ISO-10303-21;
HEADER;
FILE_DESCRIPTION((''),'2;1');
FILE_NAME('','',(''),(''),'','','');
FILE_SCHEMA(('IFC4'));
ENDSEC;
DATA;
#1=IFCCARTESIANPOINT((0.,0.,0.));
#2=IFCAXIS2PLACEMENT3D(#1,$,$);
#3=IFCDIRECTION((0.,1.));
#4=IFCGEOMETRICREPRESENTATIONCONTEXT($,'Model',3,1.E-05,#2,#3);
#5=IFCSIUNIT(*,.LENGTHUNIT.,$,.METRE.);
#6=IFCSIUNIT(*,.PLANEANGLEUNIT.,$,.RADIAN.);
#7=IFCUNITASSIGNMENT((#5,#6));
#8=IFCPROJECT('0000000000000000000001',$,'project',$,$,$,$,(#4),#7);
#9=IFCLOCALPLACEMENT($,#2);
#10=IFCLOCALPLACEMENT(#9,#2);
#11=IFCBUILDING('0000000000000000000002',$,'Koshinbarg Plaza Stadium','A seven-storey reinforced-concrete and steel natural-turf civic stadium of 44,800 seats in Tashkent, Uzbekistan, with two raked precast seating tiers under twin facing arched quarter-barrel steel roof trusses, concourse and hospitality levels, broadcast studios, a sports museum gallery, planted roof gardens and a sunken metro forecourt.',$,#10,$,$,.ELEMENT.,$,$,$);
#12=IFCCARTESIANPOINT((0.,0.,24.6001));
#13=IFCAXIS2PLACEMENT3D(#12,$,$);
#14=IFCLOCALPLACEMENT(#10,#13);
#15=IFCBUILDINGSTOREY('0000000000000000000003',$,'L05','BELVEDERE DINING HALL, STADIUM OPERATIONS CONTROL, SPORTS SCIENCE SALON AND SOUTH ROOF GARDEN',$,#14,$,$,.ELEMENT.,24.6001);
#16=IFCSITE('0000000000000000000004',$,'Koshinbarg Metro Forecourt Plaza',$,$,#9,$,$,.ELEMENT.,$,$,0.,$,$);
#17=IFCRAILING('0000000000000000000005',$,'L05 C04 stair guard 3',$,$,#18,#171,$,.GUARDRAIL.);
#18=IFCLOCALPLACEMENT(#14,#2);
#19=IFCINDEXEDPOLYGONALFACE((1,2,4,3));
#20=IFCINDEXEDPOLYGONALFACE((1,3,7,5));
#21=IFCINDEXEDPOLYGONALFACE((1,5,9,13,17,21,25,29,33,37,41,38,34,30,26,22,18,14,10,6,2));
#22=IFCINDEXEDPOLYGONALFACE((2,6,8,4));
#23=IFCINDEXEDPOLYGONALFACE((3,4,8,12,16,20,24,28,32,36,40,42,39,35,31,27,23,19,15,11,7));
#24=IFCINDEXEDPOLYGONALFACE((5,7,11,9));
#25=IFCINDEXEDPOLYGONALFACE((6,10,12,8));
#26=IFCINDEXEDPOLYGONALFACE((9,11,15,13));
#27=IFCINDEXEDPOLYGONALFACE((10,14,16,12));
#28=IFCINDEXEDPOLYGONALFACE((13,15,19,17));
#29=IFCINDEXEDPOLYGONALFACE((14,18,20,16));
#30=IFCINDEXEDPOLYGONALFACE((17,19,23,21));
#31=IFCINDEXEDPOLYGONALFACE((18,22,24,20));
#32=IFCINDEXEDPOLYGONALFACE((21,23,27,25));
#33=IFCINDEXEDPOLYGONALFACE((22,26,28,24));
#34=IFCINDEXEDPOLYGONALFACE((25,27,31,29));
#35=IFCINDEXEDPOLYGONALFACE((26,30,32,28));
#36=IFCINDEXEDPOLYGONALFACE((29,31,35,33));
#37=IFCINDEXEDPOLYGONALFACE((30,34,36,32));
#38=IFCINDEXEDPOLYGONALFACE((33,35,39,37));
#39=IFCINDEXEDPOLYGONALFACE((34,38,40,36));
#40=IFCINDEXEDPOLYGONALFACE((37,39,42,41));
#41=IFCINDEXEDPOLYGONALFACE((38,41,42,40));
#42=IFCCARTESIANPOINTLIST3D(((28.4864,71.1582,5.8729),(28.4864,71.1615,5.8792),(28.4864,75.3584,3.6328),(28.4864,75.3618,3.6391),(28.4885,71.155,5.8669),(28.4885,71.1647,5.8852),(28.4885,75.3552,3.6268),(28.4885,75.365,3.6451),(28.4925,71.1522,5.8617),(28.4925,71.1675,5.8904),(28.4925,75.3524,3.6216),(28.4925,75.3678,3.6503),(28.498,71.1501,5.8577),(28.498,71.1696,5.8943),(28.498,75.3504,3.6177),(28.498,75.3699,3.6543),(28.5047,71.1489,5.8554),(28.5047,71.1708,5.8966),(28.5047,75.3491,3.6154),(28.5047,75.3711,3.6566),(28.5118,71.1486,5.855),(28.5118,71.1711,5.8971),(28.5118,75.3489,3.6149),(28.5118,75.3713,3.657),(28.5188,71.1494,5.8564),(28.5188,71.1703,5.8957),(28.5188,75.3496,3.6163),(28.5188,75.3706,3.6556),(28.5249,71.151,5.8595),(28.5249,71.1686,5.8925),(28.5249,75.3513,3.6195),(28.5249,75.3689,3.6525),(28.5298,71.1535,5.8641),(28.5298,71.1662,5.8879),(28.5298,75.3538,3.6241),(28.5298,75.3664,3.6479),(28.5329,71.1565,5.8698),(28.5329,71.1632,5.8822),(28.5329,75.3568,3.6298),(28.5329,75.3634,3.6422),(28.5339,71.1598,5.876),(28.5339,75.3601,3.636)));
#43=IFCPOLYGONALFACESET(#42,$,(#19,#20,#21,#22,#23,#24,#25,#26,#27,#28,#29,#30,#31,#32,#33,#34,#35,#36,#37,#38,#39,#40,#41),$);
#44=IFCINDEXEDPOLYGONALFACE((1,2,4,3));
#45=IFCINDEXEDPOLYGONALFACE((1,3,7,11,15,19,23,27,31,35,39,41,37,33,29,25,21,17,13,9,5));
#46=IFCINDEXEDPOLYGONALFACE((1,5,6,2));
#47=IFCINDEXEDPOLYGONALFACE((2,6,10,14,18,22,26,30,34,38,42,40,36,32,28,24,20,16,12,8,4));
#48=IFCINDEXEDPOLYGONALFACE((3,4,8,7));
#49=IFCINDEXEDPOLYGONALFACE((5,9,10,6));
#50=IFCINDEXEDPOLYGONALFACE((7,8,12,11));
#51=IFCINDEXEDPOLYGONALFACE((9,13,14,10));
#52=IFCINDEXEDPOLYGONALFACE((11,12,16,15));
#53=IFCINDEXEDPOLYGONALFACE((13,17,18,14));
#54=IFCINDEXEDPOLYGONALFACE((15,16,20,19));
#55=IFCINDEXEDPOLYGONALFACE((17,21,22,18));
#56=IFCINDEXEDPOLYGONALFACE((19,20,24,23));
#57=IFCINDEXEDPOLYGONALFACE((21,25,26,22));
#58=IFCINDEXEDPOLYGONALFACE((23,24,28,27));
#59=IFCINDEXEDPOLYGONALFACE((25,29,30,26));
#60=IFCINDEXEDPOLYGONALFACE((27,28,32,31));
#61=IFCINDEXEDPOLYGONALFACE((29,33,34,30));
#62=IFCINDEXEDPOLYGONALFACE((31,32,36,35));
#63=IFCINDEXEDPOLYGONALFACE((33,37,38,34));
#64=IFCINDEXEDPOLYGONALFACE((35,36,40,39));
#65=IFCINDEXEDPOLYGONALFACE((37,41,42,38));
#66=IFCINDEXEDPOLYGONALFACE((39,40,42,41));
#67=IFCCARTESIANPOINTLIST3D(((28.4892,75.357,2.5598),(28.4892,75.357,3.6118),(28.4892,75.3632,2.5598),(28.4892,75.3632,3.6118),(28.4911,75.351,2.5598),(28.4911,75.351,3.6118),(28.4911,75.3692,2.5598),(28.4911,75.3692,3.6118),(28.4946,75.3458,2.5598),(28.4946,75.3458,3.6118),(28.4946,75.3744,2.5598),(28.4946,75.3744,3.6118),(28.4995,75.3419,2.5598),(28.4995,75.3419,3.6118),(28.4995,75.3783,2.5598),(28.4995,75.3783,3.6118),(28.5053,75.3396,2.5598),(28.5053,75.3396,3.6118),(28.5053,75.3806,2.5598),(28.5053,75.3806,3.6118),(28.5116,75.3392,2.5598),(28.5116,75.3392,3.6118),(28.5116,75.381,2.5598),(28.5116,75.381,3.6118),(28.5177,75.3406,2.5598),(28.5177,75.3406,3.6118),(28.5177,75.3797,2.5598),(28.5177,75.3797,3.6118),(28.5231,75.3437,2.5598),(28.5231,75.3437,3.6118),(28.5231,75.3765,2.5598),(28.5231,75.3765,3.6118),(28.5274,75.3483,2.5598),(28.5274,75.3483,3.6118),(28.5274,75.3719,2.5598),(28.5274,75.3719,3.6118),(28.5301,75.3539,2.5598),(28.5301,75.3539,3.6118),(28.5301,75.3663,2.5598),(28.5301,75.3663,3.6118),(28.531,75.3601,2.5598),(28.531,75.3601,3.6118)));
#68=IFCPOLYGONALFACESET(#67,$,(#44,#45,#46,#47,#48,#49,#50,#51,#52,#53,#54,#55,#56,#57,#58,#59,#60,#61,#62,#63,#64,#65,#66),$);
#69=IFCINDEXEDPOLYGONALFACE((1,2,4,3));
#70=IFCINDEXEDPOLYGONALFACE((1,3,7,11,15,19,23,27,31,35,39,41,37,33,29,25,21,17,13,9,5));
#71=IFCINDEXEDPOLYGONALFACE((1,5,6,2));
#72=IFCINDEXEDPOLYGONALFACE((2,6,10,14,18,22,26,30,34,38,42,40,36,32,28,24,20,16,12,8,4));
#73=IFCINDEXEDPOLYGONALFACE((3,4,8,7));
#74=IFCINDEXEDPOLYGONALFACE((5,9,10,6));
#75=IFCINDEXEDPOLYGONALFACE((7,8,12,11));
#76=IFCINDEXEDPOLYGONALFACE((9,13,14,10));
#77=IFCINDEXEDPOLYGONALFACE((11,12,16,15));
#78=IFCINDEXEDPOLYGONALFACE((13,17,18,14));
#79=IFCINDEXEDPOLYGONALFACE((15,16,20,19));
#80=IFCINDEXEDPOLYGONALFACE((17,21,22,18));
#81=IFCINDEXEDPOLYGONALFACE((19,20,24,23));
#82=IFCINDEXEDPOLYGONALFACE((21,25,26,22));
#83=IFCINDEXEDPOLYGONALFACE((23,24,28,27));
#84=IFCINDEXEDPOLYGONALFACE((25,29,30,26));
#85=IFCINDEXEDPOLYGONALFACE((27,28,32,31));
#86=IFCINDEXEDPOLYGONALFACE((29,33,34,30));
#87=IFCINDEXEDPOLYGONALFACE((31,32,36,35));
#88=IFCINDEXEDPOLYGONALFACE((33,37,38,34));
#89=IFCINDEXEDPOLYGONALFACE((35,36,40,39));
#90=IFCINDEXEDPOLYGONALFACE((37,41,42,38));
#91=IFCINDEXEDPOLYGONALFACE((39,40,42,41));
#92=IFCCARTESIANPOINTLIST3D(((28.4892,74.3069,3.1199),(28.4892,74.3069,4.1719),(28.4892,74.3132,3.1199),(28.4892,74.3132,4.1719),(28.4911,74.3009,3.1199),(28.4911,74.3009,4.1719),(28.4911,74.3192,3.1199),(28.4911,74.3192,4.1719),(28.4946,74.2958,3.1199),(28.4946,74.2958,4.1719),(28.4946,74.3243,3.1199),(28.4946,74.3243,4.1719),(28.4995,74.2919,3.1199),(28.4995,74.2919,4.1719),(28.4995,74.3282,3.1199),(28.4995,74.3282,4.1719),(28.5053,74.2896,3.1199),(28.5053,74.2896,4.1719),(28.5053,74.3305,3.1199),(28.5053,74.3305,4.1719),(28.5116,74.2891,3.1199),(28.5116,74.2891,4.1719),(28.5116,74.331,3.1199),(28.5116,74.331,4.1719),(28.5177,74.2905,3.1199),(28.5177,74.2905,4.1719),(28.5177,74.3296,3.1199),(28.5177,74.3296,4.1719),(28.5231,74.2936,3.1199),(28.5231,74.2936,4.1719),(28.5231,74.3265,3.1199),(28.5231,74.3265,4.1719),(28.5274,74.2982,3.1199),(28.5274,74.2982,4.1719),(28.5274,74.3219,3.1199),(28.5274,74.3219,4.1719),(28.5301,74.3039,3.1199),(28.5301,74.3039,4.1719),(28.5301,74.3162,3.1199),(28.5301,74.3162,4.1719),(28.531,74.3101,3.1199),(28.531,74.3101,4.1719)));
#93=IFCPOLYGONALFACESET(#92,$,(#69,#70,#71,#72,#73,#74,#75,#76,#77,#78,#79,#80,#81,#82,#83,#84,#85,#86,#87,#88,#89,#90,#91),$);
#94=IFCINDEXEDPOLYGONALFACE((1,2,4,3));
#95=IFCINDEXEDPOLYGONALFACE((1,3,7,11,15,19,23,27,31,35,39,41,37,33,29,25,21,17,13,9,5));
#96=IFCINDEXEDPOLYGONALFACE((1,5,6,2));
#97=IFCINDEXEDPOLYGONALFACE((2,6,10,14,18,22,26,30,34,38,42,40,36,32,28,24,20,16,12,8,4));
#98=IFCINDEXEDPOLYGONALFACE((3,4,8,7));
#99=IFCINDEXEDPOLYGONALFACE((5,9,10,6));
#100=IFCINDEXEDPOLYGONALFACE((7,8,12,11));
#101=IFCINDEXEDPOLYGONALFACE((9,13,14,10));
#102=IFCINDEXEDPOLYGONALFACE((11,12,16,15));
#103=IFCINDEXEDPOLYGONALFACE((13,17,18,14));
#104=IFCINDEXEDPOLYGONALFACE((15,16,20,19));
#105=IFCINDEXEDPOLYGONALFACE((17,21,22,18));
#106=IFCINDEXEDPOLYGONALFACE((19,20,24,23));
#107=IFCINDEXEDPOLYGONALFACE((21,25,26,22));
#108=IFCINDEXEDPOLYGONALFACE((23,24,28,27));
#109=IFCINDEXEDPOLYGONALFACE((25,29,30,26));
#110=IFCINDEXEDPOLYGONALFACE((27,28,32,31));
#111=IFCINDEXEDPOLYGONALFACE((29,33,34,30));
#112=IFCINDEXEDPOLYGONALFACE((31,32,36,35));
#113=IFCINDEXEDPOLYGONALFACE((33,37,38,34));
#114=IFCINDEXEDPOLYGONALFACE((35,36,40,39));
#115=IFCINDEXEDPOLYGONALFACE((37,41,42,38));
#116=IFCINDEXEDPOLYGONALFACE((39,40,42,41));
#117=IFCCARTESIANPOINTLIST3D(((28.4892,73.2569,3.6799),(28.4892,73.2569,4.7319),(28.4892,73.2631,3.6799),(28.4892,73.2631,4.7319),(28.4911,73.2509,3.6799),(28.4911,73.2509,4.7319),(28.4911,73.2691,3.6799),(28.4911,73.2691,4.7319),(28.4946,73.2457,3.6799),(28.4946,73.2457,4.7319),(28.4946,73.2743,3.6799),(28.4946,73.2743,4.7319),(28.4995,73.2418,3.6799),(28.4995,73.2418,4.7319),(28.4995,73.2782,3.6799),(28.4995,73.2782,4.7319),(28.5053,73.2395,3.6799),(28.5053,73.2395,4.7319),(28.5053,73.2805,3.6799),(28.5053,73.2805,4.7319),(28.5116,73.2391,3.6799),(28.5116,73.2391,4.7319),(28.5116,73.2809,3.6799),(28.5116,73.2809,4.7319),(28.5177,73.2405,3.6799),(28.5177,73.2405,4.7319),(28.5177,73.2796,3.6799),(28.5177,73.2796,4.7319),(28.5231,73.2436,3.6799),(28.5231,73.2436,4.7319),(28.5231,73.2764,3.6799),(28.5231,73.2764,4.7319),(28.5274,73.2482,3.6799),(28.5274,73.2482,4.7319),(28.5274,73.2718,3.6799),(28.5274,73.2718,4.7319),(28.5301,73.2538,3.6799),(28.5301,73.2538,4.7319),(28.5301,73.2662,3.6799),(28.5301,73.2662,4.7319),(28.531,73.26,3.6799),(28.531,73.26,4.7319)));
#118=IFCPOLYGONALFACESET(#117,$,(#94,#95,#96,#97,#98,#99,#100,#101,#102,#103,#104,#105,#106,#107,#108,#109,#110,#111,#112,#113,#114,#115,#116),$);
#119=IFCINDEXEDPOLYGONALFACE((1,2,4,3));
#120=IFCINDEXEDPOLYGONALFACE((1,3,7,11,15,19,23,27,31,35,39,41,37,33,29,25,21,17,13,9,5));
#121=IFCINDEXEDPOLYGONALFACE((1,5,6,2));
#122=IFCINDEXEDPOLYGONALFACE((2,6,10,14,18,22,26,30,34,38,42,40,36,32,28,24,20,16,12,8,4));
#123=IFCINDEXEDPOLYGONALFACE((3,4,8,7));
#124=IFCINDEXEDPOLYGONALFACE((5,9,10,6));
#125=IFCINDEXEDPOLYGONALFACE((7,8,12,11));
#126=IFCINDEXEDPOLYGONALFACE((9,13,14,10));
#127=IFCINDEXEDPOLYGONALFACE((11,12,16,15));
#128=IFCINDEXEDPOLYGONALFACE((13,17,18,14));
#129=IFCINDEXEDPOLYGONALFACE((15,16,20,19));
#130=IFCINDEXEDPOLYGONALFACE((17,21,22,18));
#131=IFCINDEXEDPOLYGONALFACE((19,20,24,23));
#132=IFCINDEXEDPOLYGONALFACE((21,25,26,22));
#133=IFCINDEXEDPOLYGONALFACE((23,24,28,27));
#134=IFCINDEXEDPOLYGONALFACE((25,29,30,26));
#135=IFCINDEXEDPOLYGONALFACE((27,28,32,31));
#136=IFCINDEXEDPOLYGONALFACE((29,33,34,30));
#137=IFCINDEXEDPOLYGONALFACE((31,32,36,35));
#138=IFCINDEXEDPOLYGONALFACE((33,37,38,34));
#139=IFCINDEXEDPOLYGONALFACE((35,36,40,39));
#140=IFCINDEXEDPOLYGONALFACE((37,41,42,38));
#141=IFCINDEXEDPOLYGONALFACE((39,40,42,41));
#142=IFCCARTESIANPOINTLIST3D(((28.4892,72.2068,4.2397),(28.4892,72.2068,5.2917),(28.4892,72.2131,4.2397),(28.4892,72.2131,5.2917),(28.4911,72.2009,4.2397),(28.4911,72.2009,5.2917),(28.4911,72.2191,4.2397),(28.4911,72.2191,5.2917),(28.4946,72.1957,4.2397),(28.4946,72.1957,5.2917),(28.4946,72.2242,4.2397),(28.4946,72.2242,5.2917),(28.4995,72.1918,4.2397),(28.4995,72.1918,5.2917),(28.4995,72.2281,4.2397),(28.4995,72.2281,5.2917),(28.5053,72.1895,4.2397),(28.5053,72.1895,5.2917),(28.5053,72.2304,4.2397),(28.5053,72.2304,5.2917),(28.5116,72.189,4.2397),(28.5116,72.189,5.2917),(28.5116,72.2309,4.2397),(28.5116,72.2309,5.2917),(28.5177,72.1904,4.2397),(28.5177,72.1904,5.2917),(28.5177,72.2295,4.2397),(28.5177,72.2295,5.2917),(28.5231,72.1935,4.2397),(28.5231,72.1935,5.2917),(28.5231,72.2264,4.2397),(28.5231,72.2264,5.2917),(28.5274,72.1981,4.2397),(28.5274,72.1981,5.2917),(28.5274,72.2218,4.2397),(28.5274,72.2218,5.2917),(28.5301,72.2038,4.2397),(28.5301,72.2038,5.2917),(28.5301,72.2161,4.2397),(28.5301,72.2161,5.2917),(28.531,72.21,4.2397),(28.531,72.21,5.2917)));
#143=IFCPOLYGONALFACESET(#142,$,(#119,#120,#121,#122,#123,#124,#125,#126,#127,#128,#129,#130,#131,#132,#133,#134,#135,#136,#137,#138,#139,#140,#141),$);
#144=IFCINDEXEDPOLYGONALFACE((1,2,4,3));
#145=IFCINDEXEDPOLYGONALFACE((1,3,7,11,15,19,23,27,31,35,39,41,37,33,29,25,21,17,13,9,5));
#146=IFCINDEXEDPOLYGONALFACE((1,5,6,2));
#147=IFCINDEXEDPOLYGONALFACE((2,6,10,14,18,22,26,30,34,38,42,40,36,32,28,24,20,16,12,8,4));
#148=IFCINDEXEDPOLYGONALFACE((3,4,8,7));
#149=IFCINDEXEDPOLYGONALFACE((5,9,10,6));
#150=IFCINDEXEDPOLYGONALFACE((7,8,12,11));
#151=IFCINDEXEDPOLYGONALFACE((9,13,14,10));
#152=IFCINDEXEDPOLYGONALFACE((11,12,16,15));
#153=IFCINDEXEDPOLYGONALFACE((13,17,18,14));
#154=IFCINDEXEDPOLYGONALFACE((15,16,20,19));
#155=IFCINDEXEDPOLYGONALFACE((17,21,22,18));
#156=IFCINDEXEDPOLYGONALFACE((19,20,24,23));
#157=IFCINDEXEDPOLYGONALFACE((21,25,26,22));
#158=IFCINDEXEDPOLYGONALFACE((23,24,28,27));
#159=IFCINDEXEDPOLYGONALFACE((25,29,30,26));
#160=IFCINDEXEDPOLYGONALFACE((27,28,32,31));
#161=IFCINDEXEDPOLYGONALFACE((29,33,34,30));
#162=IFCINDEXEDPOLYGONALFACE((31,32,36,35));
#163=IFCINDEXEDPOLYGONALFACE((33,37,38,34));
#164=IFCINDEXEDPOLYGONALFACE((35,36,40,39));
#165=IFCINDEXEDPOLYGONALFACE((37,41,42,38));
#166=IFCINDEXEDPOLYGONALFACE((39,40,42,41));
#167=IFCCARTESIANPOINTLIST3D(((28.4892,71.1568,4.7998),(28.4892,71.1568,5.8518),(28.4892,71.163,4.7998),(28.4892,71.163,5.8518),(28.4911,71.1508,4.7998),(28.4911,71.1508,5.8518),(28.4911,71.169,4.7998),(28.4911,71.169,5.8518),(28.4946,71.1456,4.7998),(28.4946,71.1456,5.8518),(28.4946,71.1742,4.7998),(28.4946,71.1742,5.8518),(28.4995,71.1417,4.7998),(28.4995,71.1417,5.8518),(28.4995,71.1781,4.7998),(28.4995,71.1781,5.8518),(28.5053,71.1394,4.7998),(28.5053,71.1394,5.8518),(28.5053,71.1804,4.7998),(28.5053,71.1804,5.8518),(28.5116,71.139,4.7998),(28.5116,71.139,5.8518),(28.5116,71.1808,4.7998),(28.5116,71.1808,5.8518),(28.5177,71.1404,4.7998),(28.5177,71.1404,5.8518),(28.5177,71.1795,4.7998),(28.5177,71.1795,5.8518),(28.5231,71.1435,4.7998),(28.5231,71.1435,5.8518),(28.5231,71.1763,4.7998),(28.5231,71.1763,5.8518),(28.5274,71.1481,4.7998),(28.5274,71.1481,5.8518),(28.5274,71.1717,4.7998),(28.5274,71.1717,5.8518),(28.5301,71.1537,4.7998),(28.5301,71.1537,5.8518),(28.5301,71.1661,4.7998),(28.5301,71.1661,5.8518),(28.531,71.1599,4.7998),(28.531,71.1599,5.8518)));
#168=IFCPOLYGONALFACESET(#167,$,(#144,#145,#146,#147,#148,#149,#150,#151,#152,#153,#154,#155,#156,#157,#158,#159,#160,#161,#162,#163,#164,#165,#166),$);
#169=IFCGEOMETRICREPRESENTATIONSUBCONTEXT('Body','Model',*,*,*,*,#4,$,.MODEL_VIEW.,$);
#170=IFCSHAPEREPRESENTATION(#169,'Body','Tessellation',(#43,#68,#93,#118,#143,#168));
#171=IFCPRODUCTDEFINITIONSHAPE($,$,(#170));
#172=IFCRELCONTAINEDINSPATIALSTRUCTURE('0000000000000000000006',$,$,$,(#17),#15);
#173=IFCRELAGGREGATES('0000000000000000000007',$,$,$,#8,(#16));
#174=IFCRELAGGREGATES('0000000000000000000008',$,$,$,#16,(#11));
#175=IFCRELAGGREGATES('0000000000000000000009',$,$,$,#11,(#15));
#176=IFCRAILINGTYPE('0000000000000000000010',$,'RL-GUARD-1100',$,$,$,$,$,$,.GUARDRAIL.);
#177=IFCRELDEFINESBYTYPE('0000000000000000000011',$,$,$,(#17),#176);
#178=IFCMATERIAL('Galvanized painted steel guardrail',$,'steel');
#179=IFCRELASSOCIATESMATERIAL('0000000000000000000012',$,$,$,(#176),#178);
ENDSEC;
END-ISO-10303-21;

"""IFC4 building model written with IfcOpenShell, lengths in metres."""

from ifc_helpers import new_model, si_unit, direction, frame, origin, origin_2d, place, context, subcontext, project, spatial, circle, extrude, material, type_object, element, save


model = new_model("IFC4")

# Units and contexts
model_context = context("Model", 3, precision=1e-05, world=origin(), true_north=direction((0.0, 1.0)))
body_context = subcontext(model_context, "Body", "Model", "MODEL_VIEW")
ifc_project = project(units=[si_unit("LENGTHUNIT", "METRE"), si_unit("PLANEANGLEUNIT", "RADIAN")], contexts=[model_context])

# Site, building, storey
site_placement = place(None, origin())
site = spatial("IfcSite", under=ifc_project, at=site_placement, Name="Koshinbarg Metro Forecourt Plaza", CompositionType="ELEMENT", RefElevation=0.0)
building_placement = place(site_placement, origin())
building = spatial("IfcBuilding", under=site, at=building_placement, Name="Koshinbarg Plaza Stadium", Description="A seven-storey reinforced-concrete and steel natural-turf civic stadium of 44,800 seats in Tashkent, Uzbekistan, with two raked precast seating tiers under twin facing arched quarter-barrel steel roof trusses, concourse and hospitality levels, broadcast studios, a sports museum gallery, planted roof gardens and a sunken metro forecourt.", CompositionType="ELEMENT")
storey_placement = place(building_placement, frame((0.0, 0.0, 24.6001)))
storey = spatial("IfcBuildingStorey", under=building, at=storey_placement, Name="L05", Description="BELVEDERE DINING HALL, STADIUM OPERATIONS CONTROL, SPORTS SCIENCE SALON AND SOUTH ROOF GARDEN", CompositionType="ELEMENT", Elevation=24.6001)

# Railing
ifc_material_1 = material(Name="Galvanized painted steel guardrail", Category="steel")
railing_type_1 = type_object("IfcRailingType", Name="RL-GUARD-1100", PredefinedType="GUARDRAIL", material=ifc_material_1)
railing_1_placement = place(storey_placement, frame((28.51, 75.3601, 2.5598)))
element("IfcRailing", 1, at=railing_1_placement, inside=storey, type_object=railing_type_1, Name="L05 C04 stair guard 3", PredefinedType="GUARDRAIL", context=body_context, shape_type="SweptSolid", body=[
    extrude(circle(Radius=0.0239, at=origin_2d()), frame((0.0, 0.0, 1.0762), z_axis=(0.0, -0.882363, 0.47057), x_axis=(1.0, 0.0, 0.0)), (0.0, 0.0, 1.0), 4.7603),
    extrude(circle(Radius=0.021, at=origin_2d()), origin(), (0.0, 0.0, 1.0), 1.052),
    extrude(circle(Radius=0.021, at=origin_2d()), frame((0.0, -1.05, 0.5601)), (0.0, 0.0, 1.0), 1.052),
    extrude(circle(Radius=0.021, at=origin_2d()), frame((0.0, -2.1001, 1.1201)), (0.0, 0.0, 1.0), 1.052),
    extrude(circle(Radius=0.021, at=origin_2d()), frame((0.0, -3.1501, 1.6799)), (0.0, 0.0, 1.0), 1.052),
    extrude(circle(Radius=0.021, at=origin_2d()), frame((0.0, -4.2002, 2.24)), (0.0, 0.0, 1.0), 1.052),
])

save(model, "model.ifc")
